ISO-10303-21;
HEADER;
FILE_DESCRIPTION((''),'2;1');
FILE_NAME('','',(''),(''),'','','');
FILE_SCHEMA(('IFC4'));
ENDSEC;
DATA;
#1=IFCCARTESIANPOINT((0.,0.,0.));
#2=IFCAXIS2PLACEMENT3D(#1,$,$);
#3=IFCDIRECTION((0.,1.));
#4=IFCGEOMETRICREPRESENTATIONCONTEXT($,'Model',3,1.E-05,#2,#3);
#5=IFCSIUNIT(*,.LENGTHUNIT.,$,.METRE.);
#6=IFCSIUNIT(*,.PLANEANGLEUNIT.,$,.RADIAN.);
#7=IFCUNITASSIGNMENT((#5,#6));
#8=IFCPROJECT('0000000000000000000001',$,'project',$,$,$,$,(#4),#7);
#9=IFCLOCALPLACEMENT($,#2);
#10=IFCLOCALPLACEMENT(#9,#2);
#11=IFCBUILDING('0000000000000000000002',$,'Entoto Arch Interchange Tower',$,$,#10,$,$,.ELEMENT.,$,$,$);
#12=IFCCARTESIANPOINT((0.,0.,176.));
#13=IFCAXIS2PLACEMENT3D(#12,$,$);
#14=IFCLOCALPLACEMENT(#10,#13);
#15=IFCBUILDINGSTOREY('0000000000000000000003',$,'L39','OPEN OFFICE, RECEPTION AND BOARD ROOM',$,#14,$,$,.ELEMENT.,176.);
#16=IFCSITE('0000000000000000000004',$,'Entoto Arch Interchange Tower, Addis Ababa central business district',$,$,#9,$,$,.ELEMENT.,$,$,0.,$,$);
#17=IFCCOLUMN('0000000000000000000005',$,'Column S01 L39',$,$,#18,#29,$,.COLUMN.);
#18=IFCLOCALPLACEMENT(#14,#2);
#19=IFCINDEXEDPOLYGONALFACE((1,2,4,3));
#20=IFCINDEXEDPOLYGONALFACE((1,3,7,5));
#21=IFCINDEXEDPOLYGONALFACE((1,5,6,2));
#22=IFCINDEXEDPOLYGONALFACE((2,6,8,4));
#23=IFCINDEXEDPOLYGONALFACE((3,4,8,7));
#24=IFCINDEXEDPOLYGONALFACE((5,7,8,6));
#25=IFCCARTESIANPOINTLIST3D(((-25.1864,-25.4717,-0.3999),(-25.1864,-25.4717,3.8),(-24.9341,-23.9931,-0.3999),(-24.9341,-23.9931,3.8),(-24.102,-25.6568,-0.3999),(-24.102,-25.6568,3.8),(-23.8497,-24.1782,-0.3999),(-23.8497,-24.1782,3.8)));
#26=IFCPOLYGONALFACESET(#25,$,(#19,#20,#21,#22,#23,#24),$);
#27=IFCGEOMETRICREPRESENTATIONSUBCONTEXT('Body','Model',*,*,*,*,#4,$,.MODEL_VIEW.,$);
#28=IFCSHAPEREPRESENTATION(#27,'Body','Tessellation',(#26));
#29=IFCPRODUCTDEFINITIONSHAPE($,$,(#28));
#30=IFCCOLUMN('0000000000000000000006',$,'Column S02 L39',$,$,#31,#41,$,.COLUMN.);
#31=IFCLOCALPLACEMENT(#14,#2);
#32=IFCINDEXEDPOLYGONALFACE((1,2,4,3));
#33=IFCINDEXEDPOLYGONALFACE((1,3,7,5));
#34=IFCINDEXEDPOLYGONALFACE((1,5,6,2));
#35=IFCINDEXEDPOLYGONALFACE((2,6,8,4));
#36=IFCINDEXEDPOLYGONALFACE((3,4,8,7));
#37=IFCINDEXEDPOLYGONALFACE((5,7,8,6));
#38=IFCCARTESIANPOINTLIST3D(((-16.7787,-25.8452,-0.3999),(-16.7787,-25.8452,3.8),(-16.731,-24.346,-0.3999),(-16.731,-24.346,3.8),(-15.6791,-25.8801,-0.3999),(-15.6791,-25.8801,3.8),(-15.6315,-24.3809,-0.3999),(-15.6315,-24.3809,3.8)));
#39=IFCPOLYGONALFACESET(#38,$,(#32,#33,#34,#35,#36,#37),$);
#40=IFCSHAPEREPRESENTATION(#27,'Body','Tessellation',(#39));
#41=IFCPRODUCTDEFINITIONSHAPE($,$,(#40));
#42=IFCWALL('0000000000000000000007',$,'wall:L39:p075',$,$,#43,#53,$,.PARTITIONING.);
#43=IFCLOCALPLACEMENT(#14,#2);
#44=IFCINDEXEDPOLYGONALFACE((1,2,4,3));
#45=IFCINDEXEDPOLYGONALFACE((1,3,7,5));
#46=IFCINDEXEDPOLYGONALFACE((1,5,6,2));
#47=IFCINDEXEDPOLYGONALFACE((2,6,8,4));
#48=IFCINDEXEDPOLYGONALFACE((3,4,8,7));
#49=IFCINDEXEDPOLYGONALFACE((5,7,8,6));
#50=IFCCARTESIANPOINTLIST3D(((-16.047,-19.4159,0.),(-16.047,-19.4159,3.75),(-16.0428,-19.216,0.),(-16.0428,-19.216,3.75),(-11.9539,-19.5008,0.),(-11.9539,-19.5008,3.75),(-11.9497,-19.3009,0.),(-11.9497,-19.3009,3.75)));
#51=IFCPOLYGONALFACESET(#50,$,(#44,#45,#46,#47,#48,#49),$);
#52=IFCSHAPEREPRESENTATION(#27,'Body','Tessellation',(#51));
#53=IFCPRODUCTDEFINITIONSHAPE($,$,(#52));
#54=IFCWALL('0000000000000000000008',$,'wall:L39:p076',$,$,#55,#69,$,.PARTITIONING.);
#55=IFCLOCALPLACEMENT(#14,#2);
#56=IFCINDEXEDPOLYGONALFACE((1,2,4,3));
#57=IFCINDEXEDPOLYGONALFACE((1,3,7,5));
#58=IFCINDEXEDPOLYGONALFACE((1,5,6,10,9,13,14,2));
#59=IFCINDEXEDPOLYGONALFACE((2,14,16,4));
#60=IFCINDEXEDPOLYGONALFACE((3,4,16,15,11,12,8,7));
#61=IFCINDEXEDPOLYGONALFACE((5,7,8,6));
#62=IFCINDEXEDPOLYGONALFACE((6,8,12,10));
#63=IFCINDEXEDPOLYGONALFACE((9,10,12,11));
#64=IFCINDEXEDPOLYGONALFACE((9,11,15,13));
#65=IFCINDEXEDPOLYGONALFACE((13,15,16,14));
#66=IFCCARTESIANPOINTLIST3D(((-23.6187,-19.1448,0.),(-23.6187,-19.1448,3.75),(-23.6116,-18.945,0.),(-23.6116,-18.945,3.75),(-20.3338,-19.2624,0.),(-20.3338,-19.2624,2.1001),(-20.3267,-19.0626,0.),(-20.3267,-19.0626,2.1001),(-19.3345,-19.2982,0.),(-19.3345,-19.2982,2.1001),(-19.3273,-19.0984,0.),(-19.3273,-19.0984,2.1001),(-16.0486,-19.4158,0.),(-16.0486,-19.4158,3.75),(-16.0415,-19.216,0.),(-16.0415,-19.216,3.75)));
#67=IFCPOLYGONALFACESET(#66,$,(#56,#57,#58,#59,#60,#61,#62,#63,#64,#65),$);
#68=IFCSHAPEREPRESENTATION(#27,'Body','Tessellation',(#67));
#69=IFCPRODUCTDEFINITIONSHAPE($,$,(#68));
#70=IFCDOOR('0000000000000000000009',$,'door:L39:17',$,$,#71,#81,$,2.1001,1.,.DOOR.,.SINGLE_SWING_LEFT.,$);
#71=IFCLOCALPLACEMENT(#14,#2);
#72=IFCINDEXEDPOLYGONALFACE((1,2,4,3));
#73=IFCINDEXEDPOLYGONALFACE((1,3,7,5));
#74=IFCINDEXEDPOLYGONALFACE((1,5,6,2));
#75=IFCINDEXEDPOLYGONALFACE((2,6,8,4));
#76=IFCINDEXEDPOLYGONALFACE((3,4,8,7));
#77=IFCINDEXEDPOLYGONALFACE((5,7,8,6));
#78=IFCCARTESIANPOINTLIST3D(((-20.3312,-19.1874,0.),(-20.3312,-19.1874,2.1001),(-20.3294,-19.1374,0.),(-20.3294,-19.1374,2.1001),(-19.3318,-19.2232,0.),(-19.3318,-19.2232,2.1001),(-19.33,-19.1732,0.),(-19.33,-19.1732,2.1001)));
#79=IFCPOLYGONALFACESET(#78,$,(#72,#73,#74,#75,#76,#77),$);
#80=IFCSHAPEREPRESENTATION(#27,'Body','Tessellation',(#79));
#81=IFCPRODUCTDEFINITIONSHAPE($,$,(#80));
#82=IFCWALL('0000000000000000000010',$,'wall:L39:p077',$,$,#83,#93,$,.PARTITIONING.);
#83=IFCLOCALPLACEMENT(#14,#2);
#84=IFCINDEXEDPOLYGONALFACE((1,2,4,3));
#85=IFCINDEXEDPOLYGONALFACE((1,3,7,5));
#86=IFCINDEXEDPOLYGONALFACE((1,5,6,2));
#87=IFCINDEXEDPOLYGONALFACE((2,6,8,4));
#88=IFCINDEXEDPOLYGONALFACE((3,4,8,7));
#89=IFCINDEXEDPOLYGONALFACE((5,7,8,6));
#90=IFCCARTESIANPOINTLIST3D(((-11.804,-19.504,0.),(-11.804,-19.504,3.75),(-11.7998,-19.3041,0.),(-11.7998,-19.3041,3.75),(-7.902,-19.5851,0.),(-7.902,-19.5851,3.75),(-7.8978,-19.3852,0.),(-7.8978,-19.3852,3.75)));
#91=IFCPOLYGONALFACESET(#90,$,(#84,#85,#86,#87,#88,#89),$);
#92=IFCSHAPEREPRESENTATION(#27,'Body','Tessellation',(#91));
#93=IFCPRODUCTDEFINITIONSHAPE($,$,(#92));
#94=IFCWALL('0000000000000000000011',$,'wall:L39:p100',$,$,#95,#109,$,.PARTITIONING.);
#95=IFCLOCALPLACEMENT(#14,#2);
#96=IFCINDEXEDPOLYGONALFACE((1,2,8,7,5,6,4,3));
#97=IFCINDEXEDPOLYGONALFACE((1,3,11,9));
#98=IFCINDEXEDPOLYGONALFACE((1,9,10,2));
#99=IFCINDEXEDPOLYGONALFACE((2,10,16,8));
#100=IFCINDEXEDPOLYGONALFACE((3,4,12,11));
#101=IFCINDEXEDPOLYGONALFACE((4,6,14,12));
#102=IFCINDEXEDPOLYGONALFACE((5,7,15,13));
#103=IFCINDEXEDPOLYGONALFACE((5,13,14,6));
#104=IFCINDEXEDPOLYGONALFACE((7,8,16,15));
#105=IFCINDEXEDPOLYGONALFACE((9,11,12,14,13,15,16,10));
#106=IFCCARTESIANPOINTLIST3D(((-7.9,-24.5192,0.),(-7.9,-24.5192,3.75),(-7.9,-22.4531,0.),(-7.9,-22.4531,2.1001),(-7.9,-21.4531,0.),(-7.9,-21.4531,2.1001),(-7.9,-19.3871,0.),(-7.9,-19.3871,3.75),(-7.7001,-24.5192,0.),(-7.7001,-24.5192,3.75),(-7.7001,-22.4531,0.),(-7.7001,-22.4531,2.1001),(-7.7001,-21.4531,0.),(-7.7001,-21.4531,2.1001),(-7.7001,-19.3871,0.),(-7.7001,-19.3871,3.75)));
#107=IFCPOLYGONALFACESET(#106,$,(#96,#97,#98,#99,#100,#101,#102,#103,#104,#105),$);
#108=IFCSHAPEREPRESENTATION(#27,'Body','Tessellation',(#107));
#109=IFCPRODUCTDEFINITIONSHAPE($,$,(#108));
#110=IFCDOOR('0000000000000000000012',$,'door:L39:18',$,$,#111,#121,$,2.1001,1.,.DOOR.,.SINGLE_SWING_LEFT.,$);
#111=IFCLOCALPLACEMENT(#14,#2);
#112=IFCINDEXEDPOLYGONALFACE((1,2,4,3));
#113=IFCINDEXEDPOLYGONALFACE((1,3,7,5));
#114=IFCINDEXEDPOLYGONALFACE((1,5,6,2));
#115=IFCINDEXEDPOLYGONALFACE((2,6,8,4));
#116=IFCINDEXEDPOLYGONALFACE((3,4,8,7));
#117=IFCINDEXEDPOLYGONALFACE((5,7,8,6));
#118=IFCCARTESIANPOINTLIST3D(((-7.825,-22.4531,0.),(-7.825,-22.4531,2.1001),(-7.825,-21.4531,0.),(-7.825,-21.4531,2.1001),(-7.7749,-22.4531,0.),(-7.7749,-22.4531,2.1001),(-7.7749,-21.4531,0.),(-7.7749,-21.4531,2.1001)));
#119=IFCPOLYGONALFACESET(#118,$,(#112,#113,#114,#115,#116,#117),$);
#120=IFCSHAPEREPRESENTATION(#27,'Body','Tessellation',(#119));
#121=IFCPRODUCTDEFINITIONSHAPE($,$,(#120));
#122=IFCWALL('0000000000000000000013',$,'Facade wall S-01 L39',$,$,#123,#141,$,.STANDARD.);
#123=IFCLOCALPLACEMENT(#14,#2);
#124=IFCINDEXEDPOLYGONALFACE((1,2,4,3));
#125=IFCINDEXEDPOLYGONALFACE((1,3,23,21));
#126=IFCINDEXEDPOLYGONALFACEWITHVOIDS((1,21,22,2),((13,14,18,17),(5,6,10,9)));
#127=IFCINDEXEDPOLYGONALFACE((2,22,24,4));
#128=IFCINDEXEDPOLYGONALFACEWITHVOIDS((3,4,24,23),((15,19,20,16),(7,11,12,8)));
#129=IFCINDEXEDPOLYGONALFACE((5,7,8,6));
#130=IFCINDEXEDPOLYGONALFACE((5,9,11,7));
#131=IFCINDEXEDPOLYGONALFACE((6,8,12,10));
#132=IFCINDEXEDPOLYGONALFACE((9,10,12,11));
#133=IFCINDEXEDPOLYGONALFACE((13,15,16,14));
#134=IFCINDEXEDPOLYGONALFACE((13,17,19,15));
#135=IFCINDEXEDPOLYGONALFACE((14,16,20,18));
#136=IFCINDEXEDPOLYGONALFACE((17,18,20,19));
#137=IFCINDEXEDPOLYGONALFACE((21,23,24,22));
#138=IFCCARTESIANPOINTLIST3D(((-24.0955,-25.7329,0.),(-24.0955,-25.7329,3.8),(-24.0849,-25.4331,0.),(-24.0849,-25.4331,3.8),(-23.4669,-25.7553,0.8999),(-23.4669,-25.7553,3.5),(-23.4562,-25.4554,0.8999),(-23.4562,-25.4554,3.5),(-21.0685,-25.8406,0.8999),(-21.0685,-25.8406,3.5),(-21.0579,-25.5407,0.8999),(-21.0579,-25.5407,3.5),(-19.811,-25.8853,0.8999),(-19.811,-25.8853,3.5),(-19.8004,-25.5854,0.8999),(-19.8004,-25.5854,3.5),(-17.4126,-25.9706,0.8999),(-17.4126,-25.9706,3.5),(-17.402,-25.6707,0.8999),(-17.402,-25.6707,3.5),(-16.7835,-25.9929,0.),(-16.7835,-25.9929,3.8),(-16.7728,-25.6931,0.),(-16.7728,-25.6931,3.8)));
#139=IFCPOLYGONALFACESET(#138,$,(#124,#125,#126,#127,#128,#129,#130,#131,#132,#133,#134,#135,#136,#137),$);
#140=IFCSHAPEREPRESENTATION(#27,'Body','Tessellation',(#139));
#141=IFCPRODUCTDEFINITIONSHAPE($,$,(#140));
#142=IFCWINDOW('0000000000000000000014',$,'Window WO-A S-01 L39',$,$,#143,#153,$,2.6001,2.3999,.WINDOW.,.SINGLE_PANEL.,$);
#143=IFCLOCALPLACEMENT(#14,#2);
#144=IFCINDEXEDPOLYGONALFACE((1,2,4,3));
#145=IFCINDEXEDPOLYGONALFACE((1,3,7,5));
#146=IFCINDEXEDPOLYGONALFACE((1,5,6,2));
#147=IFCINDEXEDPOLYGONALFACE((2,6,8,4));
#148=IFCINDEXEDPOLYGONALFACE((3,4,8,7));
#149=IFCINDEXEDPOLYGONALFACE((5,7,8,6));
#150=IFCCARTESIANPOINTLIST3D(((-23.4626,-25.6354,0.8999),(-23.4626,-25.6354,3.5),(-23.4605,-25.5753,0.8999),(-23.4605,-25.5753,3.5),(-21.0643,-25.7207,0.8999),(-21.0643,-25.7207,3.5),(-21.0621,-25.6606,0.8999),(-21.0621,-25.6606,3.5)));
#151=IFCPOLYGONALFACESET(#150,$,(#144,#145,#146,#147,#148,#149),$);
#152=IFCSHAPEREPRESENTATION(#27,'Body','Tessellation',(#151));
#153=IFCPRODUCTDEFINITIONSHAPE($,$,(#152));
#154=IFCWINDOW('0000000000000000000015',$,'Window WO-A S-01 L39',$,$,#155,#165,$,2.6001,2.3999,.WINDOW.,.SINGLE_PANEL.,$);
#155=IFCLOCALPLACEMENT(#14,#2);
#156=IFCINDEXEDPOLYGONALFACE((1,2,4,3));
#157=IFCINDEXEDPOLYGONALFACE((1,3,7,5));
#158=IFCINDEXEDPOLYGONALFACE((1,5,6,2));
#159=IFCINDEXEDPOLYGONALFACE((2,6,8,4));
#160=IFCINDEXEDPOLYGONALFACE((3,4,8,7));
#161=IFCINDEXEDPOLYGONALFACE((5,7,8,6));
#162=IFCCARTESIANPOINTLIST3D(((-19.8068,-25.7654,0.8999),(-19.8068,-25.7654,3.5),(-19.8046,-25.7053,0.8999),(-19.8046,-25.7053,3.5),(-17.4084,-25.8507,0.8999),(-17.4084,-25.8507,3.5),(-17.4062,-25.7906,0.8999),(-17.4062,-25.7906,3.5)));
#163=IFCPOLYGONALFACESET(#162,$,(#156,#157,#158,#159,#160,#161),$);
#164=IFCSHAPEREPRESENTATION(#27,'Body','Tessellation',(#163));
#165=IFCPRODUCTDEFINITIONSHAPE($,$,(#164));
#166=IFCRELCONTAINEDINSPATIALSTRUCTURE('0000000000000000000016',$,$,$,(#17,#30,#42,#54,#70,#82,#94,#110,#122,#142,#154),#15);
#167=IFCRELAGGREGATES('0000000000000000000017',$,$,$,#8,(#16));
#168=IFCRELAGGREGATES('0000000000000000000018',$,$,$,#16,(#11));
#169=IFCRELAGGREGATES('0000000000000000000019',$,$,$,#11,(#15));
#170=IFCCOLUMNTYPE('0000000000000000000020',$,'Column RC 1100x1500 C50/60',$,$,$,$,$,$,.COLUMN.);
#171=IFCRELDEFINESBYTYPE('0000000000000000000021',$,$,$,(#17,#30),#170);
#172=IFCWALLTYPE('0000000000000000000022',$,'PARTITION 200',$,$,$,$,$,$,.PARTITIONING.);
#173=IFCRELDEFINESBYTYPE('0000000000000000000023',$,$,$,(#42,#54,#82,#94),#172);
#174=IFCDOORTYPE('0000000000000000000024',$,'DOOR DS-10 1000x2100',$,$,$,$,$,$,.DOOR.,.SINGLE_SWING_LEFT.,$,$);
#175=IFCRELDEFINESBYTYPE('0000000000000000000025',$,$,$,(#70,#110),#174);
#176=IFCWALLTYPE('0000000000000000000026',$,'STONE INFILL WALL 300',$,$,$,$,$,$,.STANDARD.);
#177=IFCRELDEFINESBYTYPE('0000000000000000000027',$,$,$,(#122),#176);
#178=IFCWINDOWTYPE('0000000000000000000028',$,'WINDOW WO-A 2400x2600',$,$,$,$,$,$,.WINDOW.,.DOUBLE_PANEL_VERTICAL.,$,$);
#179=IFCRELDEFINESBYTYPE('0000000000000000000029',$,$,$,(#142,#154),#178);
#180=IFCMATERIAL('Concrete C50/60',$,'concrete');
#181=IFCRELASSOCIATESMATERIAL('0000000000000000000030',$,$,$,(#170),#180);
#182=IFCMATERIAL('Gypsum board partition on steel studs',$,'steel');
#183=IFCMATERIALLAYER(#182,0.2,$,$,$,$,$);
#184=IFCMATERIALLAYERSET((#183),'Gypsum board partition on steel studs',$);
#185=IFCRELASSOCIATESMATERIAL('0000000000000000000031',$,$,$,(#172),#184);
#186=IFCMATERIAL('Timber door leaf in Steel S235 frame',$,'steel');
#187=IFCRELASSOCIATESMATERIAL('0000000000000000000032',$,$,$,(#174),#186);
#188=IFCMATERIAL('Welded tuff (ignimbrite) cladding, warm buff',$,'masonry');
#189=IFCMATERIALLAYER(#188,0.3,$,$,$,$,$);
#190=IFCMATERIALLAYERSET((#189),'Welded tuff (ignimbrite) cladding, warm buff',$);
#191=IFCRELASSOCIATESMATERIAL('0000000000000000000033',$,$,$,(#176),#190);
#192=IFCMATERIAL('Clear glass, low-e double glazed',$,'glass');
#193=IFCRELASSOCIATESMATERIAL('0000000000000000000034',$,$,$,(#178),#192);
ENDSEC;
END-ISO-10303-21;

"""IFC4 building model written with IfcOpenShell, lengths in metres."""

from ifc_helpers import new_model, si_unit, direction, frame, frame_2d, origin, origin_2d, place, context, subcontext, project, spatial, rectangle, extrude, material, layer, layer_set, material_profile, profile_set, type_object, element, fill, save


model = new_model("IFC4")

# Units and contexts
model_context = context("Model", 3, precision=1e-05, world=origin(), true_north=direction((0.0, 1.0)))
body_context = subcontext(model_context, "Body", "Model", "MODEL_VIEW")
ifc_project = project(units=[si_unit("LENGTHUNIT", "METRE"), si_unit("PLANEANGLEUNIT", "RADIAN")], contexts=[model_context])

# Site, building, storey
site_placement = place(None, origin())
site = spatial("IfcSite", under=ifc_project, at=site_placement, Name="Entoto Arch Interchange Tower, Addis Ababa central business district", CompositionType="ELEMENT", RefElevation=0.0)
building_placement = place(site_placement, origin())
building = spatial("IfcBuilding", under=site, at=building_placement, Name="Entoto Arch Interchange Tower", CompositionType="ELEMENT")
storey_placement = place(building_placement, frame((0.0, 0.0, 176.0)))
storey = spatial("IfcBuildingStorey", under=building, at=storey_placement, Name="L39", Description="OPEN OFFICE, RECEPTION AND BOARD ROOM", CompositionType="ELEMENT", Elevation=176.0)

# Columns
ifc_material_1 = material(Name="Concrete C50/60", Category="concrete")
ifc_material_profile = material_profile(ifc_material_1, rectangle(XDim=1.1001, YDim=1.5, at=origin_2d()))
ifc_profile_set = profile_set([ifc_material_profile], Name="Concrete C50/60")
column_type = type_object("IfcColumnType", Name="Column RC 1100x1500 C50/60", PredefinedType="COLUMN", material=ifc_profile_set)
for number, where, z_axis, x_axis, name in (
    (1, (-24.5181, -24.825, -0.3999), (0.0, 0.0, 1.0), (-0.985753, 0.168197, 0.0), "Column S01 L39"),
    (2, (-16.2051, -25.113, -0.3999), (0.0, 0.0, 1.0), (-0.999496, 0.031742, 0.0), "Column S02 L39"),
):
    element("IfcColumn", number, at=place(storey_placement, frame(where, z_axis=z_axis, x_axis=x_axis)), inside=storey, type_object=column_type, Name=name, PredefinedType="COLUMN", context=body_context, shape_type="SweptSolid", body=[
        extrude(rectangle(XDim=1.1001, YDim=1.5, at=origin_2d()), origin(), (0.0, 0.0, 1.0), 4.2),
    ])

# Wall
ifc_material_2 = material(Name="Gypsum board partition on steel studs", Category="steel")
ifc_layer_1 = layer(ifc_material_2, 0.2)
ifc_layer_set_1 = layer_set([ifc_layer_1], Name="Gypsum board partition on steel studs")
wall_type_1 = type_object("IfcWallType", Name="PARTITION 200", PredefinedType="PARTITIONING", material=ifc_layer_set_1)
wall_1_placement = place(storey_placement, frame((-11.9519, -19.4009, 0.0), z_axis=(0.0, 0.0, 1.0), x_axis=(-0.999785, 0.020753, 0.0)))
element("IfcWall", 3, at=wall_1_placement, inside=storey, type_object=wall_type_1, Name="wall:L39:p075", PredefinedType="PARTITIONING", context=body_context, shape_type="SweptSolid", body=[
    extrude(rectangle(XDim=4.094, YDim=0.2, at=frame_2d((2.0469, 0.0))), origin(), (0.0, 0.0, 1.0), 3.75),
])

# Wall, opening, door
wall_2_placement = place(storey_placement, frame((-16.0449, -19.3159, 0.0), z_axis=(0.0, 0.0, 1.0), x_axis=(-0.99936, 0.035775, 0.0)))
wall_2 = element("IfcWall", 4, at=wall_2_placement, inside=storey, type_object=wall_type_1, Name="wall:L39:p076", PredefinedType="PARTITIONING", context=body_context, shape_type="SweptSolid", body=[
    extrude(rectangle(XDim=7.575, YDim=0.2, at=frame_2d((3.7876, 0.0))), origin(), (0.0, 0.0, 1.0), 3.75),
])
opening_1_placement = place(wall_2_placement, frame((3.2881, 0.0, 0.0)))
opening_1 = element("IfcOpeningElement", 5, at=opening_1_placement, cuts=wall_2, PredefinedType="OPENING", context=body_context, shape_type="SweptSolid", body=[
    extrude(rectangle(XDim=1.0, YDim=2.1001, at=frame_2d((0.5, 1.05))), frame((0.0, 0.1099, 0.0), z_axis=(0.0, -1.0, 0.0), x_axis=(1.0, 0.0, 0.0)), (0.0, 0.0, 1.0), 0.22),
])
ifc_material_3 = material(Name="Timber door leaf in Steel S235 frame", Category="steel")
door_type = type_object("IfcDoorType", Name="DOOR DS-10 1000x2100", OperationType="SINGLE_SWING_LEFT", PredefinedType="DOOR", material=ifc_material_3)
door_1_placement = place(opening_1_placement, origin())
door_1 = element("IfcDoor", 6, at=door_1_placement, inside=storey, type_object=door_type, Name="door:L39:17", OperationType="SINGLE_SWING_LEFT", OverallHeight=2.1001, OverallWidth=1.0, PredefinedType="DOOR", context=body_context, shape_type="SweptSolid", body=[
    extrude(rectangle(XDim=1.0, YDim=2.1001, at=frame_2d((0.5, 1.05))), frame((0.0, 0.0249, 0.0), z_axis=(0.0, -1.0, 0.0), x_axis=(1.0, 0.0, 0.0)), (0.0, 0.0, 1.0), 0.05),
])
fill(opening_1, door_1)

# Wall
wall_3_placement = place(storey_placement, frame((-7.8999, -19.4851, 0.0), z_axis=(0.0, 0.0, 1.0), x_axis=(-0.999784, 0.020768, 0.0)))
element("IfcWall", 7, at=wall_3_placement, inside=storey, type_object=wall_type_1, Name="wall:L39:p077", PredefinedType="PARTITIONING", context=body_context, shape_type="SweptSolid", body=[
    extrude(rectangle(XDim=3.9028, YDim=0.2, at=frame_2d((1.9514, 0.0))), origin(), (0.0, 0.0, 1.0), 3.75),
])

# Wall, opening, door
wall_4_placement = place(storey_placement, frame((-7.8, -24.519, 0.0), z_axis=(0.0, 0.0, 1.0), x_axis=(0.0, 1.0, 0.0)))
wall_4 = element("IfcWall", 8, at=wall_4_placement, inside=storey, type_object=wall_type_1, Name="wall:L39:p100", PredefinedType="PARTITIONING", context=body_context, shape_type="SweptSolid", body=[
    extrude(rectangle(XDim=5.1321, YDim=0.2, at=frame_2d((2.5659, 0.0))), origin(), (0.0, 0.0, 1.0), 3.75),
])
opening_2_placement = place(wall_4_placement, frame((2.0659, 0.0, 0.0)))
opening_2 = element("IfcOpeningElement", 9, at=opening_2_placement, cuts=wall_4, PredefinedType="OPENING", context=body_context, shape_type="SweptSolid", body=[
    extrude(rectangle(XDim=1.0, YDim=2.1001, at=frame_2d((0.5, 1.05))), frame((0.0, 0.1099, 0.0), z_axis=(0.0, -1.0, 0.0), x_axis=(1.0, 0.0, 0.0)), (0.0, 0.0, 1.0), 0.22),
])
door_2_placement = place(opening_2_placement, origin())
door_2 = element("IfcDoor", 10, at=door_2_placement, inside=storey, type_object=door_type, Name="door:L39:18", OperationType="SINGLE_SWING_LEFT", OverallHeight=2.1001, OverallWidth=1.0, PredefinedType="DOOR", context=body_context, shape_type="SweptSolid", body=[
    extrude(rectangle(XDim=1.0, YDim=2.1001, at=frame_2d((0.5, 1.05))), frame((0.0, 0.0249, 0.0), z_axis=(0.0, -1.0, 0.0), x_axis=(1.0, 0.0, 0.0)), (0.0, 0.0, 1.0), 0.05),
])
fill(opening_2, door_2)

# Wall, openings, windows
ifc_material_4 = material(Name="Welded tuff (ignimbrite) cladding, warm buff", Category="masonry")
ifc_layer_2 = layer(ifc_material_4, 0.3)
ifc_layer_set_2 = layer_set([ifc_layer_2], Name="Welded tuff (ignimbrite) cladding, warm buff")
wall_type_2 = type_object("IfcWallType", Name="STONE INFILL WALL 300", PredefinedType="STANDARD", material=ifc_layer_set_2)
wall_5_placement = place(storey_placement, frame((-24.0901, -25.583, 0.0), z_axis=(0.0, 0.0, 1.0), x_axis=(0.999368, -0.035537, 0.0)))
wall_5 = element("IfcWall", 11, at=wall_5_placement, inside=storey, type_object=wall_type_2, Name="Facade wall S-01 L39", PredefinedType="STANDARD", context=body_context, shape_type="SweptSolid", body=[
    extrude(rectangle(XDim=7.3167, YDim=0.3, at=frame_2d((3.6582, 0.0))), origin(), (0.0, 0.0, 1.0), 3.8),
])
opening_3_placement = place(wall_5_placement, frame((0.6289, 0.0, 0.8999)))
opening_3 = element("IfcOpeningElement", 12, at=opening_3_placement, cuts=wall_5, PredefinedType="OPENING", context=body_context, shape_type="SweptSolid", body=[
    extrude(rectangle(XDim=2.3999, YDim=2.6001, at=frame_2d((1.2, 1.3))), frame((0.0, 0.1602, 0.0), z_axis=(0.0, -1.0, 0.0), x_axis=(1.0, 0.0, 0.0)), (0.0, 0.0, 1.0), 0.3201),
])
opening_4_placement = place(wall_5_placement, frame((4.2871, 0.0, 0.8999)))
opening_4 = element("IfcOpeningElement", 13, at=opening_4_placement, cuts=wall_5, PredefinedType="OPENING", context=body_context, shape_type="SweptSolid", body=[
    extrude(rectangle(XDim=2.3999, YDim=2.6001, at=frame_2d((1.2, 1.3))), frame((0.0, 0.1602, 0.0), z_axis=(0.0, -1.0, 0.0), x_axis=(1.0, 0.0, 0.0)), (0.0, 0.0, 1.0), 0.3201),
])
ifc_material_5 = material(Name="Clear glass, low-e double glazed", Category="glass")
window_type = type_object("IfcWindowType", Name="WINDOW WO-A 2400x2600", PartitioningType="DOUBLE_PANEL_VERTICAL", PredefinedType="WINDOW", material=ifc_material_5)
window_1_placement = place(opening_3_placement, origin())
window_1 = element("IfcWindow", 14, at=window_1_placement, inside=storey, type_object=window_type, Name="Window WO-A S-01 L39", OverallHeight=2.6001, OverallWidth=2.3999, PartitioningType="SINGLE_PANEL", PredefinedType="WINDOW", context=body_context, shape_type="SweptSolid", body=[
    extrude(rectangle(XDim=2.3999, YDim=2.6001, at=frame_2d((1.2, 1.3))), frame((0.0, 0.03, 0.0), z_axis=(0.0, -1.0, 0.0), x_axis=(1.0, 0.0, 0.0)), (0.0, 0.0, 1.0), 0.0601),
])
fill(opening_3, window_1)
window_2_placement = place(opening_4_placement, origin())
window_2 = element("IfcWindow", 15, at=window_2_placement, inside=storey, type_object=window_type, Name="Window WO-A S-01 L39", OverallHeight=2.6001, OverallWidth=2.3999, PartitioningType="SINGLE_PANEL", PredefinedType="WINDOW", context=body_context, shape_type="SweptSolid", body=[
    extrude(rectangle(XDim=2.3999, YDim=2.6001, at=frame_2d((1.2, 1.3))), frame((0.0, 0.03, 0.0), z_axis=(0.0, -1.0, 0.0), x_axis=(1.0, 0.0, 0.0)), (0.0, 0.0, 1.0), 0.0601),
])
fill(opening_4, window_2)

save(model, "model.ifc")
